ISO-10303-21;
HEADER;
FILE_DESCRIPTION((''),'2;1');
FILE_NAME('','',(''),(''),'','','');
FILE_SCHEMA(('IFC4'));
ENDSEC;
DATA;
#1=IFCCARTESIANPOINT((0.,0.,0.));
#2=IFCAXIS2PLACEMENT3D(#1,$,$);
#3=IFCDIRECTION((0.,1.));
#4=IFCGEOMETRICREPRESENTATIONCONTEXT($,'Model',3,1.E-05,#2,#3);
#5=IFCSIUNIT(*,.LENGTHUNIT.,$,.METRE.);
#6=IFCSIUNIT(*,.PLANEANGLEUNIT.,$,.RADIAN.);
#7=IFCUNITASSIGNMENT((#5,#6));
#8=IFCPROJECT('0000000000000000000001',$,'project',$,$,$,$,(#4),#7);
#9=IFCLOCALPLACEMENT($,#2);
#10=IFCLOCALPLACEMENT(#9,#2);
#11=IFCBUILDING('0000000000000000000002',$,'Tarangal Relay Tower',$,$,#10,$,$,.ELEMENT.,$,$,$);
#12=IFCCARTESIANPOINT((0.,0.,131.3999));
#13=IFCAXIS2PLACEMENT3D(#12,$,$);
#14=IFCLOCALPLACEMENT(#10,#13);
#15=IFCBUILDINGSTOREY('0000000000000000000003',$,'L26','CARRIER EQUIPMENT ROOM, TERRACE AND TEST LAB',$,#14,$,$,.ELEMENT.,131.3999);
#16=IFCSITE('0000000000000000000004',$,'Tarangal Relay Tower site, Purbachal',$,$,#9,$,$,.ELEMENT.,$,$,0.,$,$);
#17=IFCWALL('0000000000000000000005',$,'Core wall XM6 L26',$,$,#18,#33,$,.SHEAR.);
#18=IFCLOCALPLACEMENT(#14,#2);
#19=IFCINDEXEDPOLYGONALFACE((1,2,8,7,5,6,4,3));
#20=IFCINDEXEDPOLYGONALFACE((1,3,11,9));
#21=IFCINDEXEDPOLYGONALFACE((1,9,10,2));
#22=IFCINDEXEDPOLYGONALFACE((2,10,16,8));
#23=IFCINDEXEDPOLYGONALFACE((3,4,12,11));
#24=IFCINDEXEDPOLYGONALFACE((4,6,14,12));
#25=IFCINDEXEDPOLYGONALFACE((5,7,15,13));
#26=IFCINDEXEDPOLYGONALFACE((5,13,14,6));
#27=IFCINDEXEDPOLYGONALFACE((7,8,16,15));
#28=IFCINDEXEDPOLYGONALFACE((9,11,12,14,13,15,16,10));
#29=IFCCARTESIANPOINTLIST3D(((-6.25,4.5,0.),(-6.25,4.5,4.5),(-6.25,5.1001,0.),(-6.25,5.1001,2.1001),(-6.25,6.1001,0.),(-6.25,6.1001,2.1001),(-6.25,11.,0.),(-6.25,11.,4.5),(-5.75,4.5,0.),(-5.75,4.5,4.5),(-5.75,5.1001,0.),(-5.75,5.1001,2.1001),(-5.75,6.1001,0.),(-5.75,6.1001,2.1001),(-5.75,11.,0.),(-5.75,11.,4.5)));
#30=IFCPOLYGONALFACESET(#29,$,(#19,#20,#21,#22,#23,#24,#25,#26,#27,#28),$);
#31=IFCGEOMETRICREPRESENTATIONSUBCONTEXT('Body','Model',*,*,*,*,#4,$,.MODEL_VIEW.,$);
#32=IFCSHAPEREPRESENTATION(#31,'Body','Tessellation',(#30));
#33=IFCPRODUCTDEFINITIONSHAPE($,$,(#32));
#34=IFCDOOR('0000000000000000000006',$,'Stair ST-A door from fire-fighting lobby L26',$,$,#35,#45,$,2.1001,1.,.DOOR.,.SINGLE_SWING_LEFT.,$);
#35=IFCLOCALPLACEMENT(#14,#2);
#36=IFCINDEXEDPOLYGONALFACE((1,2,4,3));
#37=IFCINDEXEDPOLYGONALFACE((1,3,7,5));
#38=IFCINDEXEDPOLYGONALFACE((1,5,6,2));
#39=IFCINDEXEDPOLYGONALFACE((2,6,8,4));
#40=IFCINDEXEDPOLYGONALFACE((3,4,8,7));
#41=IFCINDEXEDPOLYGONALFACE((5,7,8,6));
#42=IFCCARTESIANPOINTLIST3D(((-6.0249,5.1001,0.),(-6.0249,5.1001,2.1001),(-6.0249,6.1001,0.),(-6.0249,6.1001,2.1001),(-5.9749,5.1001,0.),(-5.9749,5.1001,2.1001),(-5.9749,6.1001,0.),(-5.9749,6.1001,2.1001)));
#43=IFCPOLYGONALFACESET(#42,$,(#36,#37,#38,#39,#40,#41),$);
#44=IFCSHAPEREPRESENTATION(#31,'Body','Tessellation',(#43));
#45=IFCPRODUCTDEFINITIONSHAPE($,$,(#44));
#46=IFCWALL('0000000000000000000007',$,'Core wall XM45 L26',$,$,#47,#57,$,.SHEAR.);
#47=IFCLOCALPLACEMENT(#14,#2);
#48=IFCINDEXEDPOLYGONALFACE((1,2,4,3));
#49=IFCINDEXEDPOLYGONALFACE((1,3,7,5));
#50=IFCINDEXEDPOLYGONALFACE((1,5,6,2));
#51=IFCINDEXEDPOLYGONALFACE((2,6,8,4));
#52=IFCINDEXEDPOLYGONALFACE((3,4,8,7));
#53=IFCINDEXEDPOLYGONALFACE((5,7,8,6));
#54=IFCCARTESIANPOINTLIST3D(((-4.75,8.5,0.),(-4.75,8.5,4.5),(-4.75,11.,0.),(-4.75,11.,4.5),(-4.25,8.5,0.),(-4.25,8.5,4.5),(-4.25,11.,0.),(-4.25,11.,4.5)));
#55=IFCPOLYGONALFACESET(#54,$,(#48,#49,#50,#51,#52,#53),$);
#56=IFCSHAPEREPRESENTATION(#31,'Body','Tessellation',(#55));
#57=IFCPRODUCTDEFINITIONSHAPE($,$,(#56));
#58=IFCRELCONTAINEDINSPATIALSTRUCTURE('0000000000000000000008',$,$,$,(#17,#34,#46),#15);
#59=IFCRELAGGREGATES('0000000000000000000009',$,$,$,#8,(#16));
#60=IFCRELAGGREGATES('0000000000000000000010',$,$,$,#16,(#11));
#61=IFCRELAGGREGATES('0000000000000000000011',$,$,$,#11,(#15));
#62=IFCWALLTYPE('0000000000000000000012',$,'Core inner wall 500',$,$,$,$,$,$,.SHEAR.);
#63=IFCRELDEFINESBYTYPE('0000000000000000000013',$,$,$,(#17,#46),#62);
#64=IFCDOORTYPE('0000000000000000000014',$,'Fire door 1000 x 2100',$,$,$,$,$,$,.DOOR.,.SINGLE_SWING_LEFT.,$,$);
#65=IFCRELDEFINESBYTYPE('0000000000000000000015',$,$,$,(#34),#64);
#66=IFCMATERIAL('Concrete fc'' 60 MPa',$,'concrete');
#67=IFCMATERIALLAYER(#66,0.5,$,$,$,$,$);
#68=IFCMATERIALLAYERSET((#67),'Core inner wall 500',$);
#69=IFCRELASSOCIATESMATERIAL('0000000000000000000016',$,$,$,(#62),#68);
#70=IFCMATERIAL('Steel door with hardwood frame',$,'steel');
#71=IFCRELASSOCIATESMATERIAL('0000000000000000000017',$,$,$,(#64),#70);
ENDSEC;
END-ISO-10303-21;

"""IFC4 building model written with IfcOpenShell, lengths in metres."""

from ifc_helpers import new_model, si_unit, direction, frame, frame_2d, origin, place, context, subcontext, project, spatial, rectangle, extrude, material, layer, layer_set, type_object, element, fill, save


model = new_model("IFC4")

# Units and contexts
model_context = context("Model", 3, precision=1e-05, world=origin(), true_north=direction((0.0, 1.0)))
body_context = subcontext(model_context, "Body", "Model", "MODEL_VIEW")
ifc_project = project(units=[si_unit("LENGTHUNIT", "METRE"), si_unit("PLANEANGLEUNIT", "RADIAN")], contexts=[model_context])

# Site, building, storey
site_placement = place(None, origin())
site = spatial("IfcSite", under=ifc_project, at=site_placement, Name="Tarangal Relay Tower site, Purbachal", CompositionType="ELEMENT", RefElevation=0.0)
building_placement = place(site_placement, origin())
building = spatial("IfcBuilding", under=site, at=building_placement, Name="Tarangal Relay Tower", CompositionType="ELEMENT")
storey_placement = place(building_placement, frame((0.0, 0.0, 131.3999)))
storey = spatial("IfcBuildingStorey", under=building, at=storey_placement, Name="L26", Description="CARRIER EQUIPMENT ROOM, TERRACE AND TEST LAB", CompositionType="ELEMENT", Elevation=131.3999)

# Shared definitions
ifc_material_1 = material(Name="Concrete fc' 60 MPa", Category="concrete")
ifc_layer_1 = layer(ifc_material_1, 0.5)
ifc_layer_set_1 = layer_set([ifc_layer_1], Name="Core inner wall 500")
wall_type = type_object("IfcWallType", Name="Core inner wall 500", PredefinedType="SHEAR", material=ifc_layer_set_1)
ifc_material_2 = material(Name="Steel door with hardwood frame", Category="steel")

# Wall, opening, door
wall_1_placement = place(storey_placement, frame((-6.0, 4.5, 0.0), z_axis=(0.0, 0.0, 1.0), x_axis=(0.0, 1.0, 0.0)))
wall_1 = element("IfcWall", 1, at=wall_1_placement, inside=storey, type_object=wall_type, Name="Core wall XM6 L26", PredefinedType="SHEAR", context=body_context, shape_type="SweptSolid", body=[
    extrude(rectangle(XDim=6.5, YDim=0.5, at=frame_2d((3.25, 0.0))), origin(), (0.0, 0.0, 1.0), 4.5),
])
opening_1_placement = place(wall_1_placement, frame((0.6001, 0.0, 0.0)))
opening_1 = element("IfcOpeningElement", 2, at=opening_1_placement, cuts=wall_1, PredefinedType="OPENING", context=body_context, shape_type="SweptSolid", body=[
    extrude(rectangle(XDim=1.0, YDim=2.1001, at=frame_2d((0.5, 1.05))), frame((0.0, 0.26, 0.0), z_axis=(0.0, -1.0, 0.0), x_axis=(1.0, 0.0, 0.0)), (0.0, 0.0, 1.0), 0.52),
])
door_type_1 = type_object("IfcDoorType", Name="Fire door 1000 x 2100", OperationType="SINGLE_SWING_LEFT", PredefinedType="DOOR", material=ifc_material_2)
door_1_placement = place(opening_1_placement, origin())
door_1 = element("IfcDoor", 3, at=door_1_placement, inside=storey, type_object=door_type_1, Name="Stair ST-A door from fire-fighting lobby L26", OperationType="SINGLE_SWING_LEFT", OverallHeight=2.1001, OverallWidth=1.0, PredefinedType="DOOR", context=body_context, shape_type="SweptSolid", body=[
    extrude(rectangle(XDim=1.0, YDim=2.1001, at=frame_2d((0.5, 1.05))), frame((0.0, 0.0249, 0.0), z_axis=(0.0, -1.0, 0.0), x_axis=(1.0, 0.0, 0.0)), (0.0, 0.0, 1.0), 0.05),
])
fill(opening_1, door_1)

# Wall
wall_2_placement = place(storey_placement, frame((-4.5, 8.5, 0.0), z_axis=(0.0, 0.0, 1.0), x_axis=(0.0, 1.0, 0.0)))
element("IfcWall", 4, at=wall_2_placement, inside=storey, type_object=wall_type, Name="Core wall XM45 L26", PredefinedType="SHEAR", context=body_context, shape_type="SweptSolid", body=[
    extrude(rectangle(XDim=2.5, YDim=0.5, at=frame_2d((1.25, 0.0))), origin(), (0.0, 0.0, 1.0), 4.5),
])

save(model, "model.ifc")
